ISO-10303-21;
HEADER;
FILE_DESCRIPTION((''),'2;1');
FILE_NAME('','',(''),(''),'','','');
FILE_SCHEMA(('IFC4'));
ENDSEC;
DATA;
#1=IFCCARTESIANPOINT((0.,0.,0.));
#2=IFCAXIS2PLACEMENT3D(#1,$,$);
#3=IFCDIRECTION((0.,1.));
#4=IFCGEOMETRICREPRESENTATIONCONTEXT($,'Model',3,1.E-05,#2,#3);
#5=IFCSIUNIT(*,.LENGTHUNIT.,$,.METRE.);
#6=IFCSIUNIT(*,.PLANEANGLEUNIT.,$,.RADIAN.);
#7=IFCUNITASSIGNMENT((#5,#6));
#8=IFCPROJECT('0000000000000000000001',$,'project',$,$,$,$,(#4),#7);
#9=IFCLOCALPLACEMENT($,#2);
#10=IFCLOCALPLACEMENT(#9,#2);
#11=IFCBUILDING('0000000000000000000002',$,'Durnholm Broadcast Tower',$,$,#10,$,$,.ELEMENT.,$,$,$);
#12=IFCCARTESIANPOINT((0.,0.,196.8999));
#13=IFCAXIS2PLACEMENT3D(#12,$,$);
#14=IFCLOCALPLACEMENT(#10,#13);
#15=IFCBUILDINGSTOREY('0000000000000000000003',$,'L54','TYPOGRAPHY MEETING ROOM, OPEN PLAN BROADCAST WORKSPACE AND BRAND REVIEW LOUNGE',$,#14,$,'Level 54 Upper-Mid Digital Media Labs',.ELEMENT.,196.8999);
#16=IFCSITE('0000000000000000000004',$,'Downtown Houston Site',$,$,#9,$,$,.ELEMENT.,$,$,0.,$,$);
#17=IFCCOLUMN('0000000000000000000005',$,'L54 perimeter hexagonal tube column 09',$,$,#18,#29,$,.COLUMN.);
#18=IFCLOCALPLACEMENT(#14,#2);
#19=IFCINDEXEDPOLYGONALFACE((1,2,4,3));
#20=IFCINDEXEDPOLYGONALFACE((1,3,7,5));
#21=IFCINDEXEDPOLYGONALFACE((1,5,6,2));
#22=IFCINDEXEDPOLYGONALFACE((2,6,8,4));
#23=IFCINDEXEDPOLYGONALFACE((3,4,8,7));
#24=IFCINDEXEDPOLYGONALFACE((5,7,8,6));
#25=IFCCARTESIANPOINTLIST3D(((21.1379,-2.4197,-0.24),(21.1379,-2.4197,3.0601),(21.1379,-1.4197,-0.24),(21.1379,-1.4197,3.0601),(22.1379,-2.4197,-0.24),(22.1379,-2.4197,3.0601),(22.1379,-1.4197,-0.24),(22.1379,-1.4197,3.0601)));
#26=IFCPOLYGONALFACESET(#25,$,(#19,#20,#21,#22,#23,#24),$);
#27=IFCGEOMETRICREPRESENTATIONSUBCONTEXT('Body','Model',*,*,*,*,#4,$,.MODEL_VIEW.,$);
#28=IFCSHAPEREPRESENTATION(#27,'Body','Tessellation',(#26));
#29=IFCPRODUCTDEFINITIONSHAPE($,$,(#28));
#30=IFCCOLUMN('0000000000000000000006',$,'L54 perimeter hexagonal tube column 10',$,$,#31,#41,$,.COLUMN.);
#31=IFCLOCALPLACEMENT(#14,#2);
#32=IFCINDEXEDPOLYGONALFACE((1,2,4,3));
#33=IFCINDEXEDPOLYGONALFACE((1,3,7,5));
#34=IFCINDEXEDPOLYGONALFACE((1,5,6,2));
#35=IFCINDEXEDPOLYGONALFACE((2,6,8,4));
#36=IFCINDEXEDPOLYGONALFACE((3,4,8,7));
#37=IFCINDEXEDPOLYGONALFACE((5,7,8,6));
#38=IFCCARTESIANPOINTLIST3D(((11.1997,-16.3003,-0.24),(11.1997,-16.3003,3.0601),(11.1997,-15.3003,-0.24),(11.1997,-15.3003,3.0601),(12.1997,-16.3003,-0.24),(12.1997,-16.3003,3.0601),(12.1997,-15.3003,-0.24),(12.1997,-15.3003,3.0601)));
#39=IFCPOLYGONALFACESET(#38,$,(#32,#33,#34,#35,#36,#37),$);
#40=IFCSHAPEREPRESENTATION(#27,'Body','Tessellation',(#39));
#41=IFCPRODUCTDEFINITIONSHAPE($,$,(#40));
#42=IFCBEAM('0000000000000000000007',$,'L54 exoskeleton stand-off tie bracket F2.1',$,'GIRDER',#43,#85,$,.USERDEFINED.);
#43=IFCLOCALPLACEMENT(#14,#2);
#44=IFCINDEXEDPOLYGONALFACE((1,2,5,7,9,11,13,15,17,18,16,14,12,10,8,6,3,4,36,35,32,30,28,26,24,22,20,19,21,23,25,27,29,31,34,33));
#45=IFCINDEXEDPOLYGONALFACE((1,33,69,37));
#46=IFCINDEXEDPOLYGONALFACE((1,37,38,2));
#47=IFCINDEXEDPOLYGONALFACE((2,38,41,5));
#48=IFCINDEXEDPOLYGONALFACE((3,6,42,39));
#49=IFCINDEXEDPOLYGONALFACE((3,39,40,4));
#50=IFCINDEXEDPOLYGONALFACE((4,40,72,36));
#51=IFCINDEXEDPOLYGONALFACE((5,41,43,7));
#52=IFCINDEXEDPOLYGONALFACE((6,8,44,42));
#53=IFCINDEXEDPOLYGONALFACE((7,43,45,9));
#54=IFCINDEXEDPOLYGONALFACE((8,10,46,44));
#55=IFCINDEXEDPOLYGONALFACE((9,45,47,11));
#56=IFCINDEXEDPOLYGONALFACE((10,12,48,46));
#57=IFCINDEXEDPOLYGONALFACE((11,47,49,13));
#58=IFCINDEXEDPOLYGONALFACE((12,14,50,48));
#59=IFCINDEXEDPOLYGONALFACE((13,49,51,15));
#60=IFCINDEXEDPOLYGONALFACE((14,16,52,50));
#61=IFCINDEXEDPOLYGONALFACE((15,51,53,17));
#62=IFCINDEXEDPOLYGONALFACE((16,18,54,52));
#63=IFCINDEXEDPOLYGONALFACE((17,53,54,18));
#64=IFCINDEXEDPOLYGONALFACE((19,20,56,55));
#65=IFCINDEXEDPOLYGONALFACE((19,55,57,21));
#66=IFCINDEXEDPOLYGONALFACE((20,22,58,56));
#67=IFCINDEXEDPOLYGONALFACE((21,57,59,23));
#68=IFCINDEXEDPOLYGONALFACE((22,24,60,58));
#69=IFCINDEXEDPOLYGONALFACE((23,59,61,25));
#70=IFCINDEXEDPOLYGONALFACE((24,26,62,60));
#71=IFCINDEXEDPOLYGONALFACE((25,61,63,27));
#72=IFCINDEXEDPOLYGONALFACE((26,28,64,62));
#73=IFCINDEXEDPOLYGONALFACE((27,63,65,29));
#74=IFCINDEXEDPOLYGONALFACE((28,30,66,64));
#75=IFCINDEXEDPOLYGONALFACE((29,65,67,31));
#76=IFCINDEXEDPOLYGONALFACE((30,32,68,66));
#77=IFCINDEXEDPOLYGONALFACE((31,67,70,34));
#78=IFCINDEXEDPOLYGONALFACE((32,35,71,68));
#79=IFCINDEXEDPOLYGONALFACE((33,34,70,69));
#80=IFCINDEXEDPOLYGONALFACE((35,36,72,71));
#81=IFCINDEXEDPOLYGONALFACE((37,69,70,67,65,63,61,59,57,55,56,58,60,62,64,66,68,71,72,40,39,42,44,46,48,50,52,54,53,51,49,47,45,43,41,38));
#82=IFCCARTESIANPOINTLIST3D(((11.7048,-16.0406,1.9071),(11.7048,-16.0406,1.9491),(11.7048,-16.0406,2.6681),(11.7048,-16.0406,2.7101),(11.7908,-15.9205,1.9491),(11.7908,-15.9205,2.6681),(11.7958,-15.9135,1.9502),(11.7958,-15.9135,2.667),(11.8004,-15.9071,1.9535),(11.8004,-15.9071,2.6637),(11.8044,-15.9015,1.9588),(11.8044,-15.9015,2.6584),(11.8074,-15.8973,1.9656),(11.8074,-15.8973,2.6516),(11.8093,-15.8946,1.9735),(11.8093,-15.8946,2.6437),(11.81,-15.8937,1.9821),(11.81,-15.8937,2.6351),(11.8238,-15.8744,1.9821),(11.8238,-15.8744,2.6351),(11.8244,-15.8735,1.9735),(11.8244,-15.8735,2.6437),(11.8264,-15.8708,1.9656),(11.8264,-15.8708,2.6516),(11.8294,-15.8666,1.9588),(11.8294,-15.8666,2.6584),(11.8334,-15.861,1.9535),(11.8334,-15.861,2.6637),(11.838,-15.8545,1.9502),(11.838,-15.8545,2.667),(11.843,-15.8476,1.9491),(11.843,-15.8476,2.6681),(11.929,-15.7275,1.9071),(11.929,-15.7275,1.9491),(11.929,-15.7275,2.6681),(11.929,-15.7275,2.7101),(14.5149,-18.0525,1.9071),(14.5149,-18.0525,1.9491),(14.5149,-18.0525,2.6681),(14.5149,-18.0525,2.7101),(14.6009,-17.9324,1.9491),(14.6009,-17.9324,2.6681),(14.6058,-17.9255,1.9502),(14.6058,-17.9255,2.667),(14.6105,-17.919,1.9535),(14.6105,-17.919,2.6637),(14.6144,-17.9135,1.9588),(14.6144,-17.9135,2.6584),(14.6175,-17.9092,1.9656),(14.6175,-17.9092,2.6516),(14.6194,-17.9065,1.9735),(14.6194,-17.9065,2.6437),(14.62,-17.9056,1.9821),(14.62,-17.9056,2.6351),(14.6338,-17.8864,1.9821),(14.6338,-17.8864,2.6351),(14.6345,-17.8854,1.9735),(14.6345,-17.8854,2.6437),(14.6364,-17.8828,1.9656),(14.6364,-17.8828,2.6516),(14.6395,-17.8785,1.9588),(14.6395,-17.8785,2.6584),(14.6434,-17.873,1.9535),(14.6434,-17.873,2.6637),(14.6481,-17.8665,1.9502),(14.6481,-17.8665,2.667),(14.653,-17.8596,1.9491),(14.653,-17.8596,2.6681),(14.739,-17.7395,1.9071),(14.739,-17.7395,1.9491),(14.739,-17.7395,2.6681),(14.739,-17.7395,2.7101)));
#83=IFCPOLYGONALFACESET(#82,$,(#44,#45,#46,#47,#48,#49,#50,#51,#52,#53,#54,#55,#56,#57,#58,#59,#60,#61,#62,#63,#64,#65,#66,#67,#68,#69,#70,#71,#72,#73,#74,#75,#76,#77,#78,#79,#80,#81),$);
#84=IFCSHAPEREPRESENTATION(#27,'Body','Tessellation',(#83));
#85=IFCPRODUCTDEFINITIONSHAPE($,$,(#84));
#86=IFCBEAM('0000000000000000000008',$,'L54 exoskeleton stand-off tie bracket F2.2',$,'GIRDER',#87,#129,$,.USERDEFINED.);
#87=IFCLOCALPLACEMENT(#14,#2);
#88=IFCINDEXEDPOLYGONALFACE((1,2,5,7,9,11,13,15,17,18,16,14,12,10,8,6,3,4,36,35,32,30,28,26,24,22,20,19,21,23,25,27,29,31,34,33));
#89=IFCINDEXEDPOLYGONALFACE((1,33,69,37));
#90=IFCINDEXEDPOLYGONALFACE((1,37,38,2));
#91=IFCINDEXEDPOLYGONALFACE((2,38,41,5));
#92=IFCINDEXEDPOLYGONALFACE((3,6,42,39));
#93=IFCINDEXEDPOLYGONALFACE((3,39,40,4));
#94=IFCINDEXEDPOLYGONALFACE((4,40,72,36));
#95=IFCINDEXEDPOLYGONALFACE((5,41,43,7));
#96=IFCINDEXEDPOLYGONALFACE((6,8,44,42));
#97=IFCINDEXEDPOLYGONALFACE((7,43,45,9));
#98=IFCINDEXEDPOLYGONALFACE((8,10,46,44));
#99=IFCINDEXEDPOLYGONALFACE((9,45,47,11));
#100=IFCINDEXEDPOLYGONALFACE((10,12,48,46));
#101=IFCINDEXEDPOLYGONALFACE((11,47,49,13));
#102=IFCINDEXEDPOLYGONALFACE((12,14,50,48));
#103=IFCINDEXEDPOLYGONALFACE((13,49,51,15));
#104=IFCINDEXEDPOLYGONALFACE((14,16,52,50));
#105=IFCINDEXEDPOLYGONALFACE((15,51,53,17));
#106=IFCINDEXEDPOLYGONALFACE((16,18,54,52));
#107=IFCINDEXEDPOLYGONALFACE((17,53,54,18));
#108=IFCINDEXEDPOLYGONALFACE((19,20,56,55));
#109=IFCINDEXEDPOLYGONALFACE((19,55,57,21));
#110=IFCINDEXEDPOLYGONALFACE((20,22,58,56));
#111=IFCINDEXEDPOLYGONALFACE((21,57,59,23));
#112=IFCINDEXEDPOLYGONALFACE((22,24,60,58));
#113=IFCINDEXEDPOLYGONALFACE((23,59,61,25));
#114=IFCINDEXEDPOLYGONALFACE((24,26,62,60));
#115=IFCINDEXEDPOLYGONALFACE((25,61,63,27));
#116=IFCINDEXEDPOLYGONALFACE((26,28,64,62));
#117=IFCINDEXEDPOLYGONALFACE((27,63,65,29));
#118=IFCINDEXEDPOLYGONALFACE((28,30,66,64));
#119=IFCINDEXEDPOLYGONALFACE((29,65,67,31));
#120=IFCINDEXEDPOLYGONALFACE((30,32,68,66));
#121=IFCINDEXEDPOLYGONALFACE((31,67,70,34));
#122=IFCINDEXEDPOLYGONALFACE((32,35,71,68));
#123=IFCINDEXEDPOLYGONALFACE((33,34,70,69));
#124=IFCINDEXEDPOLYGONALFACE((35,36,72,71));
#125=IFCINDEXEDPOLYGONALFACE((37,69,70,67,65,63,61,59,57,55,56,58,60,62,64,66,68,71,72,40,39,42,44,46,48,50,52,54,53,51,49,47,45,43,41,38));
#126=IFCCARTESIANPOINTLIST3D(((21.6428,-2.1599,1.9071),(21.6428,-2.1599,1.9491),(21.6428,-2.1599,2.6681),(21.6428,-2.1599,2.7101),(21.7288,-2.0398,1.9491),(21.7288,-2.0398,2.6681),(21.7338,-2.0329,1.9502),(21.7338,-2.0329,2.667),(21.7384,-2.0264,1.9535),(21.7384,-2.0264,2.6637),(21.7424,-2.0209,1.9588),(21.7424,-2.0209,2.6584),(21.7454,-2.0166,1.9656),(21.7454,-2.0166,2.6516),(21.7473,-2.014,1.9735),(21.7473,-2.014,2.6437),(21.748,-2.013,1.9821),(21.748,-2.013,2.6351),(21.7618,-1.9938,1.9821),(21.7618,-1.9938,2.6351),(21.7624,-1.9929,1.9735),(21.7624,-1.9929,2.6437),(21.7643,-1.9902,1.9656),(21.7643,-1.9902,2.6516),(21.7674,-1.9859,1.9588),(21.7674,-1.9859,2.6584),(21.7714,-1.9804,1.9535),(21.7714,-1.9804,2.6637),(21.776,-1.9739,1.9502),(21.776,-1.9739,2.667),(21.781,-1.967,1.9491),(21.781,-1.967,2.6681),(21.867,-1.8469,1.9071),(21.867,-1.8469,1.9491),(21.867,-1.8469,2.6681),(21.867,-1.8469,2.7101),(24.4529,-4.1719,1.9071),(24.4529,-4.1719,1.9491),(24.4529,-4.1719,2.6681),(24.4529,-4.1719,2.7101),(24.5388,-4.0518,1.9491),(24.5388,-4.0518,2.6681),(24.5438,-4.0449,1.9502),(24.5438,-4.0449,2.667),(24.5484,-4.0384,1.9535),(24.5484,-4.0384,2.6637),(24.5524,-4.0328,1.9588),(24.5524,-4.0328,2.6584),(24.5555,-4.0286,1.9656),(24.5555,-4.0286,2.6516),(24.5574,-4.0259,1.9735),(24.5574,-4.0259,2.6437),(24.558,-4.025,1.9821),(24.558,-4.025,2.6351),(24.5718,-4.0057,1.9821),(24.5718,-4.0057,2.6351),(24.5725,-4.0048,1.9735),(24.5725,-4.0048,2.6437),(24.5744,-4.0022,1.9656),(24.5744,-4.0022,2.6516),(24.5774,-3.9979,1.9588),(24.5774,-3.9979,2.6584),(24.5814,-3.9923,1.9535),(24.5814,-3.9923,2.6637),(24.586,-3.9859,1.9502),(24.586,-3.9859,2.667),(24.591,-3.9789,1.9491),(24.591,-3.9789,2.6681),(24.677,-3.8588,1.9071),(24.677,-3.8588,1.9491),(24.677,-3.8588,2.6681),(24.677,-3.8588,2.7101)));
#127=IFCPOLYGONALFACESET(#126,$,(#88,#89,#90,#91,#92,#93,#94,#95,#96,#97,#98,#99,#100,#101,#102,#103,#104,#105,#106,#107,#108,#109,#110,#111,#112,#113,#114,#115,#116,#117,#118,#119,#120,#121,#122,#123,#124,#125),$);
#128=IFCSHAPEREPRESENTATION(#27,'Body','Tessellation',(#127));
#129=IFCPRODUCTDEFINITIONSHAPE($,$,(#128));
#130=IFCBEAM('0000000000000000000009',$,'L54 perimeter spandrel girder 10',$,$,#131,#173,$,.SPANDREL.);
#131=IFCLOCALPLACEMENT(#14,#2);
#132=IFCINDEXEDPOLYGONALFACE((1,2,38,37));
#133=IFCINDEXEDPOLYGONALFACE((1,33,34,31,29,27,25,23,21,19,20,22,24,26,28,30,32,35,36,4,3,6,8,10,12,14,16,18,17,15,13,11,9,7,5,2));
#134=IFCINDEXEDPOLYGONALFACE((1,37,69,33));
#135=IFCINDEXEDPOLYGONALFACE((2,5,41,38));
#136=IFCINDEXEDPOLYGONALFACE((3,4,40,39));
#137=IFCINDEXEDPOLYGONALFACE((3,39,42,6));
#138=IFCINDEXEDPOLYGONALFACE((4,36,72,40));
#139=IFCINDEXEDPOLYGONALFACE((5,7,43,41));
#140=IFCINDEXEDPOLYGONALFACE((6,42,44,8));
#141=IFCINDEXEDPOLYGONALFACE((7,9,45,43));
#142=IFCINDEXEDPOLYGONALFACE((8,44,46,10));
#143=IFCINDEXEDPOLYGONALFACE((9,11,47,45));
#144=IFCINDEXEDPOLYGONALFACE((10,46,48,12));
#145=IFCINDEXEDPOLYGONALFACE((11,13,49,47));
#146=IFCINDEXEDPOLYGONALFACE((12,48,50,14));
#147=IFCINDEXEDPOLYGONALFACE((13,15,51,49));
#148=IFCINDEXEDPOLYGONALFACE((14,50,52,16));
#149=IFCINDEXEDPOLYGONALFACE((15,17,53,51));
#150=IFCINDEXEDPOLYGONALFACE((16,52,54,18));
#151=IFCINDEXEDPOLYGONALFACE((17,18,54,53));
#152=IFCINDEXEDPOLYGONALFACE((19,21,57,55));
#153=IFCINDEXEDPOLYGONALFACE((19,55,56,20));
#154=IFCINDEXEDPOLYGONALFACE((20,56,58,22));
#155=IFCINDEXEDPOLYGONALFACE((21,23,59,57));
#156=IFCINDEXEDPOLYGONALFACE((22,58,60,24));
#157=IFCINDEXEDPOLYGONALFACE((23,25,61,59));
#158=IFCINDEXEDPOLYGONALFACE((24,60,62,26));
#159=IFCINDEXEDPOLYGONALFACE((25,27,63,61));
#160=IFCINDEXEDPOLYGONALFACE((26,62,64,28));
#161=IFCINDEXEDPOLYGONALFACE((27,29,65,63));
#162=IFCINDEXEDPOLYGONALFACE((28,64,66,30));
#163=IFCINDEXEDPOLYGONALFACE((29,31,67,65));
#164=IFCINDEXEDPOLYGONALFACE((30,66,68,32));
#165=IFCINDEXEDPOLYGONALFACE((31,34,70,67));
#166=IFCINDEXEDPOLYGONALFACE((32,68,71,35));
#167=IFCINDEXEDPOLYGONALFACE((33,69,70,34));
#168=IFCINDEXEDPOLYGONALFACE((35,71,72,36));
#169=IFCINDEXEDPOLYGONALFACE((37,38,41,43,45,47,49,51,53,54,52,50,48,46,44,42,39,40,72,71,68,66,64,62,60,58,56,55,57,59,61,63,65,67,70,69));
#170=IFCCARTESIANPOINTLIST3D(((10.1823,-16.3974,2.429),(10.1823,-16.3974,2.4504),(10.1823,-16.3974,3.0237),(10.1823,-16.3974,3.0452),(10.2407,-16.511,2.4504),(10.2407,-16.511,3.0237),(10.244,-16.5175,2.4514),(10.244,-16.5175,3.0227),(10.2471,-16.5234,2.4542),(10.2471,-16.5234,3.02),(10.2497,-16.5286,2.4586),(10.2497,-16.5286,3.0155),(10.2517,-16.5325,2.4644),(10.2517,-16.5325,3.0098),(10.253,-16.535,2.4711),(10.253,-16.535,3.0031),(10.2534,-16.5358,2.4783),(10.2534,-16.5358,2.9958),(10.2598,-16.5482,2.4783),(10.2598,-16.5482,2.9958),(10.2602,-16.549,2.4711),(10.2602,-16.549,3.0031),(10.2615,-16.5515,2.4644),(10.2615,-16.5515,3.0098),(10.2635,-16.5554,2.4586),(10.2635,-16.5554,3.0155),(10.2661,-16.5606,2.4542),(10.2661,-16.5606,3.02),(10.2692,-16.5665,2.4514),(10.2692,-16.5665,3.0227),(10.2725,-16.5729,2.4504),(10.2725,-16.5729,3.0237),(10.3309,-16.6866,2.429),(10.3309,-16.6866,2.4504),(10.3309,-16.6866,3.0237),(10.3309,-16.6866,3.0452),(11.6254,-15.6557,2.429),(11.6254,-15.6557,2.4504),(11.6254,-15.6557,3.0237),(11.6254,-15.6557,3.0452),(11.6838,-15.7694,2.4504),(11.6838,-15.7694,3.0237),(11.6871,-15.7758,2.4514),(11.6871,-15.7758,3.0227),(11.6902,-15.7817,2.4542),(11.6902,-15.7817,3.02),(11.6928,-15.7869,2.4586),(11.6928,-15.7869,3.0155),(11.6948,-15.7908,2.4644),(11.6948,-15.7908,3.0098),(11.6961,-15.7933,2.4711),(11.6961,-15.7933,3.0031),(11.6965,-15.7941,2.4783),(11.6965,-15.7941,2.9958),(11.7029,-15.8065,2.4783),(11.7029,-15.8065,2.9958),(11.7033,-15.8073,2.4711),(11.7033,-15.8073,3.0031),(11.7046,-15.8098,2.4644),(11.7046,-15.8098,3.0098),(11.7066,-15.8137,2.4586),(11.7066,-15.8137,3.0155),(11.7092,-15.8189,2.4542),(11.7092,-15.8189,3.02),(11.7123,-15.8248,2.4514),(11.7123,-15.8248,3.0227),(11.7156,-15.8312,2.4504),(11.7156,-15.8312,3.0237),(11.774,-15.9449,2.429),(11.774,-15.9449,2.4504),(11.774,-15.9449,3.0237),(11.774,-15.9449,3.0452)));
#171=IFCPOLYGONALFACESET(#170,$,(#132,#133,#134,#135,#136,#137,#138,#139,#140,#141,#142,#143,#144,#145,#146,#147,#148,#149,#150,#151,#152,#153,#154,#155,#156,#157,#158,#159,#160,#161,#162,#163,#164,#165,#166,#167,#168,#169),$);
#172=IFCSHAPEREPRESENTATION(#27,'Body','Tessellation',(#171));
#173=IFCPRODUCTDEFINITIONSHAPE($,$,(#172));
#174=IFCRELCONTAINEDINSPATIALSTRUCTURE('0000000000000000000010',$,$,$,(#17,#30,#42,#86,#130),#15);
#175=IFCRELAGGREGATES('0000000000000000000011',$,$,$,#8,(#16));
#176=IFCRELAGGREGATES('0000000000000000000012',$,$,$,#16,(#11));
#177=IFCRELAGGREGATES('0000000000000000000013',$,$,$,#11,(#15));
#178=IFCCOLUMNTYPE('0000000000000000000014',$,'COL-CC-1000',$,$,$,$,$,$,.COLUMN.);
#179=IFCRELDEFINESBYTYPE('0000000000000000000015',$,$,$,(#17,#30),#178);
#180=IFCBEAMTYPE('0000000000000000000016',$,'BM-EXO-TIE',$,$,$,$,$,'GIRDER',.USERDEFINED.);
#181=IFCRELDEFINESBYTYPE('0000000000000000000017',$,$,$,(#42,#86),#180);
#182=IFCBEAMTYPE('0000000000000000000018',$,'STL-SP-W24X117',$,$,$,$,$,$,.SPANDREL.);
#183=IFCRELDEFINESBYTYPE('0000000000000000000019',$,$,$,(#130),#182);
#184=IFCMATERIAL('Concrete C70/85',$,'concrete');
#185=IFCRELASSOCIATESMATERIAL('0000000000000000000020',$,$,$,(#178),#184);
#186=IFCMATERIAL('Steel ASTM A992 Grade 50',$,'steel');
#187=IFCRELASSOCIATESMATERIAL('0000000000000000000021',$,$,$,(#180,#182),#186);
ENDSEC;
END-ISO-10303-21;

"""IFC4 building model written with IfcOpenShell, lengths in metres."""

from ifc_helpers import new_model, si_unit, direction, frame, origin, origin_2d, place, context, subcontext, project, spatial, rectangle, i_section, extrude, source, transform, mapped, material, material_profile, profile_set, type_object, type_shapes, element, save


model = new_model("IFC4")

# Units and contexts
model_context = context("Model", 3, precision=1e-05, world=origin(), true_north=direction((0.0, 1.0)))
body_context = subcontext(model_context, "Body", "Model", "MODEL_VIEW")
ifc_project = project(units=[si_unit("LENGTHUNIT", "METRE"), si_unit("PLANEANGLEUNIT", "RADIAN")], contexts=[model_context])

# Site, building, storey
site_placement = place(None, origin())
site = spatial("IfcSite", under=ifc_project, at=site_placement, Name="Downtown Houston Site", CompositionType="ELEMENT", RefElevation=0.0)
building_placement = place(site_placement, origin())
building = spatial("IfcBuilding", under=site, at=building_placement, Name="Durnholm Broadcast Tower", CompositionType="ELEMENT")
storey_placement = place(building_placement, frame((0.0, 0.0, 196.8999)))
storey = spatial("IfcBuildingStorey", under=building, at=storey_placement, Name="L54", Description="TYPOGRAPHY MEETING ROOM, OPEN PLAN BROADCAST WORKSPACE AND BRAND REVIEW LOUNGE", LongName="Level 54 Upper-Mid Digital Media Labs", CompositionType="ELEMENT", Elevation=196.8999)

# Columns
ifc_material_1 = material(Name="Concrete C70/85", Category="concrete")
ifc_material_profile_1 = material_profile(ifc_material_1, rectangle(XDim=1.0, YDim=1.0, at=origin_2d()), Name="RC1000X1000")
ifc_profile_set_1 = profile_set([ifc_material_profile_1], Name="Concrete C70/85")
column_type = type_object("IfcColumnType", Name="COL-CC-1000", PredefinedType="COLUMN", material=ifc_profile_set_1)
shared_shape_1 = source(origin(), body_context, "Body", "SweptSolid", [
    extrude(rectangle(XDim=1.0, YDim=1.0, at=origin_2d()), origin(), (0.0, 0.0, 1.0), 3.3),
])
type_shapes(column_type, [shared_shape_1])
for number, where, z_axis, x_axis, name in (
    (1, (21.6379, -1.9197, -0.24), (0.0, 0.0, 1.0), (1.0, 0.0, 0.0), "L54 perimeter hexagonal tube column 09"),
    (2, (11.6997, -15.8003, -0.24), (0.0, 0.0, 1.0), (1.0, 0.0, 0.0), "L54 perimeter hexagonal tube column 10"),
):
    element("IfcColumn", number, at=place(storey_placement, frame(where, z_axis=z_axis, x_axis=x_axis)), inside=storey, type_object=column_type, Name=name, PredefinedType="COLUMN", context=body_context, shape_type="MappedRepresentation", body=[
        mapped(shared_shape_1, transform((0.0, 0.0, 0.0), x_axis=(1.0, 0.0, 0.0), y_axis=(0.0, 1.0, 0.0), z_axis=(0.0, 0.0, 1.0), scale=1.0)),
    ])

# Beams
ifc_material_2 = material(Name="Steel ASTM A992 Grade 50", Category="steel")
ifc_material_profile_2 = material_profile(ifc_material_2, i_section(OverallWidth=0.385, OverallDepth=0.803, WebThickness=0.0237, FlangeThickness=0.042, FilletRadius=0.033, at=origin_2d()), Name="W30X261")
ifc_profile_set_2 = profile_set([ifc_material_profile_2], Name="Steel ASTM A992 Grade 50")
beam_type_1 = type_object("IfcBeamType", Name="BM-EXO-TIE", ElementType="GIRDER", PredefinedType="USERDEFINED", material=ifc_profile_set_2)
shared_shape_2 = source(origin(), body_context, "Body", "SweptSolid", [
    extrude(i_section(OverallWidth=0.385, OverallDepth=0.803, WebThickness=0.0237, FlangeThickness=0.042, FilletRadius=0.033, at=origin_2d()), origin(), (0.0, 0.0, 1.0), 3.4561),
])
for number, where, z_axis, x_axis, name in (
    (3, (11.8169, -15.884, 2.3086), (0.813079, -0.582153, 0.0), (0.582153, 0.813079, 0.0), "L54 exoskeleton stand-off tie bracket F2.1"),
    (4, (21.7549, -2.0034, 2.3086), (0.813079, -0.582153, 0.0), (0.582153, 0.813079, 0.0), "L54 exoskeleton stand-off tie bracket F2.2"),
):
    element("IfcBeam", number, at=place(storey_placement, frame(where, z_axis=z_axis, x_axis=x_axis)), inside=storey, type_object=beam_type_1, Name=name, ObjectType="GIRDER", PredefinedType="USERDEFINED", context=body_context, shape_type="MappedRepresentation", body=[
        mapped(shared_shape_2, transform((0.0, 0.0, 0.0), x_axis=(1.0, 0.0, 0.0), y_axis=(0.0, 1.0, 0.0), z_axis=(0.0, 0.0, 1.0), scale=1.0)),
    ])
ifc_material_profile_3 = material_profile(ifc_material_2, i_section(OverallWidth=0.3252, OverallDepth=0.6162, WebThickness=0.0139, FlangeThickness=0.0215, FilletRadius=0.0278, at=origin_2d()), Name="W24X117")
ifc_profile_set_3 = profile_set([ifc_material_profile_3], Name="Steel ASTM A992 Grade 50")
beam_type_2 = type_object("IfcBeamType", Name="STL-SP-W24X117", PredefinedType="SPANDREL", material=ifc_profile_set_3)
shared_shape_3 = source(origin(), body_context, "Body", "SweptSolid", [
    extrude(i_section(OverallWidth=0.3252, OverallDepth=0.6162, WebThickness=0.0139, FlangeThickness=0.0215, FilletRadius=0.0278, at=origin_2d()), origin(), (0.0, 0.0, 1.0), 1.6226),
])
beam_1_placement = place(storey_placement, frame((11.6997, -15.8003, 2.7371), z_axis=(-0.889407, -0.457117, 0.0), x_axis=(0.457117, -0.889407, 0.0)))
element("IfcBeam", 5, at=beam_1_placement, inside=storey, type_object=beam_type_2, Name="L54 perimeter spandrel girder 10", PredefinedType="SPANDREL", context=body_context, shape_type="MappedRepresentation", body=[
    mapped(shared_shape_3, transform((0.0, 0.0, 0.0), x_axis=(1.0, 0.0, 0.0), y_axis=(0.0, 1.0, 0.0), z_axis=(0.0, 0.0, 1.0), scale=1.0)),
])

save(model, "model.ifc")
